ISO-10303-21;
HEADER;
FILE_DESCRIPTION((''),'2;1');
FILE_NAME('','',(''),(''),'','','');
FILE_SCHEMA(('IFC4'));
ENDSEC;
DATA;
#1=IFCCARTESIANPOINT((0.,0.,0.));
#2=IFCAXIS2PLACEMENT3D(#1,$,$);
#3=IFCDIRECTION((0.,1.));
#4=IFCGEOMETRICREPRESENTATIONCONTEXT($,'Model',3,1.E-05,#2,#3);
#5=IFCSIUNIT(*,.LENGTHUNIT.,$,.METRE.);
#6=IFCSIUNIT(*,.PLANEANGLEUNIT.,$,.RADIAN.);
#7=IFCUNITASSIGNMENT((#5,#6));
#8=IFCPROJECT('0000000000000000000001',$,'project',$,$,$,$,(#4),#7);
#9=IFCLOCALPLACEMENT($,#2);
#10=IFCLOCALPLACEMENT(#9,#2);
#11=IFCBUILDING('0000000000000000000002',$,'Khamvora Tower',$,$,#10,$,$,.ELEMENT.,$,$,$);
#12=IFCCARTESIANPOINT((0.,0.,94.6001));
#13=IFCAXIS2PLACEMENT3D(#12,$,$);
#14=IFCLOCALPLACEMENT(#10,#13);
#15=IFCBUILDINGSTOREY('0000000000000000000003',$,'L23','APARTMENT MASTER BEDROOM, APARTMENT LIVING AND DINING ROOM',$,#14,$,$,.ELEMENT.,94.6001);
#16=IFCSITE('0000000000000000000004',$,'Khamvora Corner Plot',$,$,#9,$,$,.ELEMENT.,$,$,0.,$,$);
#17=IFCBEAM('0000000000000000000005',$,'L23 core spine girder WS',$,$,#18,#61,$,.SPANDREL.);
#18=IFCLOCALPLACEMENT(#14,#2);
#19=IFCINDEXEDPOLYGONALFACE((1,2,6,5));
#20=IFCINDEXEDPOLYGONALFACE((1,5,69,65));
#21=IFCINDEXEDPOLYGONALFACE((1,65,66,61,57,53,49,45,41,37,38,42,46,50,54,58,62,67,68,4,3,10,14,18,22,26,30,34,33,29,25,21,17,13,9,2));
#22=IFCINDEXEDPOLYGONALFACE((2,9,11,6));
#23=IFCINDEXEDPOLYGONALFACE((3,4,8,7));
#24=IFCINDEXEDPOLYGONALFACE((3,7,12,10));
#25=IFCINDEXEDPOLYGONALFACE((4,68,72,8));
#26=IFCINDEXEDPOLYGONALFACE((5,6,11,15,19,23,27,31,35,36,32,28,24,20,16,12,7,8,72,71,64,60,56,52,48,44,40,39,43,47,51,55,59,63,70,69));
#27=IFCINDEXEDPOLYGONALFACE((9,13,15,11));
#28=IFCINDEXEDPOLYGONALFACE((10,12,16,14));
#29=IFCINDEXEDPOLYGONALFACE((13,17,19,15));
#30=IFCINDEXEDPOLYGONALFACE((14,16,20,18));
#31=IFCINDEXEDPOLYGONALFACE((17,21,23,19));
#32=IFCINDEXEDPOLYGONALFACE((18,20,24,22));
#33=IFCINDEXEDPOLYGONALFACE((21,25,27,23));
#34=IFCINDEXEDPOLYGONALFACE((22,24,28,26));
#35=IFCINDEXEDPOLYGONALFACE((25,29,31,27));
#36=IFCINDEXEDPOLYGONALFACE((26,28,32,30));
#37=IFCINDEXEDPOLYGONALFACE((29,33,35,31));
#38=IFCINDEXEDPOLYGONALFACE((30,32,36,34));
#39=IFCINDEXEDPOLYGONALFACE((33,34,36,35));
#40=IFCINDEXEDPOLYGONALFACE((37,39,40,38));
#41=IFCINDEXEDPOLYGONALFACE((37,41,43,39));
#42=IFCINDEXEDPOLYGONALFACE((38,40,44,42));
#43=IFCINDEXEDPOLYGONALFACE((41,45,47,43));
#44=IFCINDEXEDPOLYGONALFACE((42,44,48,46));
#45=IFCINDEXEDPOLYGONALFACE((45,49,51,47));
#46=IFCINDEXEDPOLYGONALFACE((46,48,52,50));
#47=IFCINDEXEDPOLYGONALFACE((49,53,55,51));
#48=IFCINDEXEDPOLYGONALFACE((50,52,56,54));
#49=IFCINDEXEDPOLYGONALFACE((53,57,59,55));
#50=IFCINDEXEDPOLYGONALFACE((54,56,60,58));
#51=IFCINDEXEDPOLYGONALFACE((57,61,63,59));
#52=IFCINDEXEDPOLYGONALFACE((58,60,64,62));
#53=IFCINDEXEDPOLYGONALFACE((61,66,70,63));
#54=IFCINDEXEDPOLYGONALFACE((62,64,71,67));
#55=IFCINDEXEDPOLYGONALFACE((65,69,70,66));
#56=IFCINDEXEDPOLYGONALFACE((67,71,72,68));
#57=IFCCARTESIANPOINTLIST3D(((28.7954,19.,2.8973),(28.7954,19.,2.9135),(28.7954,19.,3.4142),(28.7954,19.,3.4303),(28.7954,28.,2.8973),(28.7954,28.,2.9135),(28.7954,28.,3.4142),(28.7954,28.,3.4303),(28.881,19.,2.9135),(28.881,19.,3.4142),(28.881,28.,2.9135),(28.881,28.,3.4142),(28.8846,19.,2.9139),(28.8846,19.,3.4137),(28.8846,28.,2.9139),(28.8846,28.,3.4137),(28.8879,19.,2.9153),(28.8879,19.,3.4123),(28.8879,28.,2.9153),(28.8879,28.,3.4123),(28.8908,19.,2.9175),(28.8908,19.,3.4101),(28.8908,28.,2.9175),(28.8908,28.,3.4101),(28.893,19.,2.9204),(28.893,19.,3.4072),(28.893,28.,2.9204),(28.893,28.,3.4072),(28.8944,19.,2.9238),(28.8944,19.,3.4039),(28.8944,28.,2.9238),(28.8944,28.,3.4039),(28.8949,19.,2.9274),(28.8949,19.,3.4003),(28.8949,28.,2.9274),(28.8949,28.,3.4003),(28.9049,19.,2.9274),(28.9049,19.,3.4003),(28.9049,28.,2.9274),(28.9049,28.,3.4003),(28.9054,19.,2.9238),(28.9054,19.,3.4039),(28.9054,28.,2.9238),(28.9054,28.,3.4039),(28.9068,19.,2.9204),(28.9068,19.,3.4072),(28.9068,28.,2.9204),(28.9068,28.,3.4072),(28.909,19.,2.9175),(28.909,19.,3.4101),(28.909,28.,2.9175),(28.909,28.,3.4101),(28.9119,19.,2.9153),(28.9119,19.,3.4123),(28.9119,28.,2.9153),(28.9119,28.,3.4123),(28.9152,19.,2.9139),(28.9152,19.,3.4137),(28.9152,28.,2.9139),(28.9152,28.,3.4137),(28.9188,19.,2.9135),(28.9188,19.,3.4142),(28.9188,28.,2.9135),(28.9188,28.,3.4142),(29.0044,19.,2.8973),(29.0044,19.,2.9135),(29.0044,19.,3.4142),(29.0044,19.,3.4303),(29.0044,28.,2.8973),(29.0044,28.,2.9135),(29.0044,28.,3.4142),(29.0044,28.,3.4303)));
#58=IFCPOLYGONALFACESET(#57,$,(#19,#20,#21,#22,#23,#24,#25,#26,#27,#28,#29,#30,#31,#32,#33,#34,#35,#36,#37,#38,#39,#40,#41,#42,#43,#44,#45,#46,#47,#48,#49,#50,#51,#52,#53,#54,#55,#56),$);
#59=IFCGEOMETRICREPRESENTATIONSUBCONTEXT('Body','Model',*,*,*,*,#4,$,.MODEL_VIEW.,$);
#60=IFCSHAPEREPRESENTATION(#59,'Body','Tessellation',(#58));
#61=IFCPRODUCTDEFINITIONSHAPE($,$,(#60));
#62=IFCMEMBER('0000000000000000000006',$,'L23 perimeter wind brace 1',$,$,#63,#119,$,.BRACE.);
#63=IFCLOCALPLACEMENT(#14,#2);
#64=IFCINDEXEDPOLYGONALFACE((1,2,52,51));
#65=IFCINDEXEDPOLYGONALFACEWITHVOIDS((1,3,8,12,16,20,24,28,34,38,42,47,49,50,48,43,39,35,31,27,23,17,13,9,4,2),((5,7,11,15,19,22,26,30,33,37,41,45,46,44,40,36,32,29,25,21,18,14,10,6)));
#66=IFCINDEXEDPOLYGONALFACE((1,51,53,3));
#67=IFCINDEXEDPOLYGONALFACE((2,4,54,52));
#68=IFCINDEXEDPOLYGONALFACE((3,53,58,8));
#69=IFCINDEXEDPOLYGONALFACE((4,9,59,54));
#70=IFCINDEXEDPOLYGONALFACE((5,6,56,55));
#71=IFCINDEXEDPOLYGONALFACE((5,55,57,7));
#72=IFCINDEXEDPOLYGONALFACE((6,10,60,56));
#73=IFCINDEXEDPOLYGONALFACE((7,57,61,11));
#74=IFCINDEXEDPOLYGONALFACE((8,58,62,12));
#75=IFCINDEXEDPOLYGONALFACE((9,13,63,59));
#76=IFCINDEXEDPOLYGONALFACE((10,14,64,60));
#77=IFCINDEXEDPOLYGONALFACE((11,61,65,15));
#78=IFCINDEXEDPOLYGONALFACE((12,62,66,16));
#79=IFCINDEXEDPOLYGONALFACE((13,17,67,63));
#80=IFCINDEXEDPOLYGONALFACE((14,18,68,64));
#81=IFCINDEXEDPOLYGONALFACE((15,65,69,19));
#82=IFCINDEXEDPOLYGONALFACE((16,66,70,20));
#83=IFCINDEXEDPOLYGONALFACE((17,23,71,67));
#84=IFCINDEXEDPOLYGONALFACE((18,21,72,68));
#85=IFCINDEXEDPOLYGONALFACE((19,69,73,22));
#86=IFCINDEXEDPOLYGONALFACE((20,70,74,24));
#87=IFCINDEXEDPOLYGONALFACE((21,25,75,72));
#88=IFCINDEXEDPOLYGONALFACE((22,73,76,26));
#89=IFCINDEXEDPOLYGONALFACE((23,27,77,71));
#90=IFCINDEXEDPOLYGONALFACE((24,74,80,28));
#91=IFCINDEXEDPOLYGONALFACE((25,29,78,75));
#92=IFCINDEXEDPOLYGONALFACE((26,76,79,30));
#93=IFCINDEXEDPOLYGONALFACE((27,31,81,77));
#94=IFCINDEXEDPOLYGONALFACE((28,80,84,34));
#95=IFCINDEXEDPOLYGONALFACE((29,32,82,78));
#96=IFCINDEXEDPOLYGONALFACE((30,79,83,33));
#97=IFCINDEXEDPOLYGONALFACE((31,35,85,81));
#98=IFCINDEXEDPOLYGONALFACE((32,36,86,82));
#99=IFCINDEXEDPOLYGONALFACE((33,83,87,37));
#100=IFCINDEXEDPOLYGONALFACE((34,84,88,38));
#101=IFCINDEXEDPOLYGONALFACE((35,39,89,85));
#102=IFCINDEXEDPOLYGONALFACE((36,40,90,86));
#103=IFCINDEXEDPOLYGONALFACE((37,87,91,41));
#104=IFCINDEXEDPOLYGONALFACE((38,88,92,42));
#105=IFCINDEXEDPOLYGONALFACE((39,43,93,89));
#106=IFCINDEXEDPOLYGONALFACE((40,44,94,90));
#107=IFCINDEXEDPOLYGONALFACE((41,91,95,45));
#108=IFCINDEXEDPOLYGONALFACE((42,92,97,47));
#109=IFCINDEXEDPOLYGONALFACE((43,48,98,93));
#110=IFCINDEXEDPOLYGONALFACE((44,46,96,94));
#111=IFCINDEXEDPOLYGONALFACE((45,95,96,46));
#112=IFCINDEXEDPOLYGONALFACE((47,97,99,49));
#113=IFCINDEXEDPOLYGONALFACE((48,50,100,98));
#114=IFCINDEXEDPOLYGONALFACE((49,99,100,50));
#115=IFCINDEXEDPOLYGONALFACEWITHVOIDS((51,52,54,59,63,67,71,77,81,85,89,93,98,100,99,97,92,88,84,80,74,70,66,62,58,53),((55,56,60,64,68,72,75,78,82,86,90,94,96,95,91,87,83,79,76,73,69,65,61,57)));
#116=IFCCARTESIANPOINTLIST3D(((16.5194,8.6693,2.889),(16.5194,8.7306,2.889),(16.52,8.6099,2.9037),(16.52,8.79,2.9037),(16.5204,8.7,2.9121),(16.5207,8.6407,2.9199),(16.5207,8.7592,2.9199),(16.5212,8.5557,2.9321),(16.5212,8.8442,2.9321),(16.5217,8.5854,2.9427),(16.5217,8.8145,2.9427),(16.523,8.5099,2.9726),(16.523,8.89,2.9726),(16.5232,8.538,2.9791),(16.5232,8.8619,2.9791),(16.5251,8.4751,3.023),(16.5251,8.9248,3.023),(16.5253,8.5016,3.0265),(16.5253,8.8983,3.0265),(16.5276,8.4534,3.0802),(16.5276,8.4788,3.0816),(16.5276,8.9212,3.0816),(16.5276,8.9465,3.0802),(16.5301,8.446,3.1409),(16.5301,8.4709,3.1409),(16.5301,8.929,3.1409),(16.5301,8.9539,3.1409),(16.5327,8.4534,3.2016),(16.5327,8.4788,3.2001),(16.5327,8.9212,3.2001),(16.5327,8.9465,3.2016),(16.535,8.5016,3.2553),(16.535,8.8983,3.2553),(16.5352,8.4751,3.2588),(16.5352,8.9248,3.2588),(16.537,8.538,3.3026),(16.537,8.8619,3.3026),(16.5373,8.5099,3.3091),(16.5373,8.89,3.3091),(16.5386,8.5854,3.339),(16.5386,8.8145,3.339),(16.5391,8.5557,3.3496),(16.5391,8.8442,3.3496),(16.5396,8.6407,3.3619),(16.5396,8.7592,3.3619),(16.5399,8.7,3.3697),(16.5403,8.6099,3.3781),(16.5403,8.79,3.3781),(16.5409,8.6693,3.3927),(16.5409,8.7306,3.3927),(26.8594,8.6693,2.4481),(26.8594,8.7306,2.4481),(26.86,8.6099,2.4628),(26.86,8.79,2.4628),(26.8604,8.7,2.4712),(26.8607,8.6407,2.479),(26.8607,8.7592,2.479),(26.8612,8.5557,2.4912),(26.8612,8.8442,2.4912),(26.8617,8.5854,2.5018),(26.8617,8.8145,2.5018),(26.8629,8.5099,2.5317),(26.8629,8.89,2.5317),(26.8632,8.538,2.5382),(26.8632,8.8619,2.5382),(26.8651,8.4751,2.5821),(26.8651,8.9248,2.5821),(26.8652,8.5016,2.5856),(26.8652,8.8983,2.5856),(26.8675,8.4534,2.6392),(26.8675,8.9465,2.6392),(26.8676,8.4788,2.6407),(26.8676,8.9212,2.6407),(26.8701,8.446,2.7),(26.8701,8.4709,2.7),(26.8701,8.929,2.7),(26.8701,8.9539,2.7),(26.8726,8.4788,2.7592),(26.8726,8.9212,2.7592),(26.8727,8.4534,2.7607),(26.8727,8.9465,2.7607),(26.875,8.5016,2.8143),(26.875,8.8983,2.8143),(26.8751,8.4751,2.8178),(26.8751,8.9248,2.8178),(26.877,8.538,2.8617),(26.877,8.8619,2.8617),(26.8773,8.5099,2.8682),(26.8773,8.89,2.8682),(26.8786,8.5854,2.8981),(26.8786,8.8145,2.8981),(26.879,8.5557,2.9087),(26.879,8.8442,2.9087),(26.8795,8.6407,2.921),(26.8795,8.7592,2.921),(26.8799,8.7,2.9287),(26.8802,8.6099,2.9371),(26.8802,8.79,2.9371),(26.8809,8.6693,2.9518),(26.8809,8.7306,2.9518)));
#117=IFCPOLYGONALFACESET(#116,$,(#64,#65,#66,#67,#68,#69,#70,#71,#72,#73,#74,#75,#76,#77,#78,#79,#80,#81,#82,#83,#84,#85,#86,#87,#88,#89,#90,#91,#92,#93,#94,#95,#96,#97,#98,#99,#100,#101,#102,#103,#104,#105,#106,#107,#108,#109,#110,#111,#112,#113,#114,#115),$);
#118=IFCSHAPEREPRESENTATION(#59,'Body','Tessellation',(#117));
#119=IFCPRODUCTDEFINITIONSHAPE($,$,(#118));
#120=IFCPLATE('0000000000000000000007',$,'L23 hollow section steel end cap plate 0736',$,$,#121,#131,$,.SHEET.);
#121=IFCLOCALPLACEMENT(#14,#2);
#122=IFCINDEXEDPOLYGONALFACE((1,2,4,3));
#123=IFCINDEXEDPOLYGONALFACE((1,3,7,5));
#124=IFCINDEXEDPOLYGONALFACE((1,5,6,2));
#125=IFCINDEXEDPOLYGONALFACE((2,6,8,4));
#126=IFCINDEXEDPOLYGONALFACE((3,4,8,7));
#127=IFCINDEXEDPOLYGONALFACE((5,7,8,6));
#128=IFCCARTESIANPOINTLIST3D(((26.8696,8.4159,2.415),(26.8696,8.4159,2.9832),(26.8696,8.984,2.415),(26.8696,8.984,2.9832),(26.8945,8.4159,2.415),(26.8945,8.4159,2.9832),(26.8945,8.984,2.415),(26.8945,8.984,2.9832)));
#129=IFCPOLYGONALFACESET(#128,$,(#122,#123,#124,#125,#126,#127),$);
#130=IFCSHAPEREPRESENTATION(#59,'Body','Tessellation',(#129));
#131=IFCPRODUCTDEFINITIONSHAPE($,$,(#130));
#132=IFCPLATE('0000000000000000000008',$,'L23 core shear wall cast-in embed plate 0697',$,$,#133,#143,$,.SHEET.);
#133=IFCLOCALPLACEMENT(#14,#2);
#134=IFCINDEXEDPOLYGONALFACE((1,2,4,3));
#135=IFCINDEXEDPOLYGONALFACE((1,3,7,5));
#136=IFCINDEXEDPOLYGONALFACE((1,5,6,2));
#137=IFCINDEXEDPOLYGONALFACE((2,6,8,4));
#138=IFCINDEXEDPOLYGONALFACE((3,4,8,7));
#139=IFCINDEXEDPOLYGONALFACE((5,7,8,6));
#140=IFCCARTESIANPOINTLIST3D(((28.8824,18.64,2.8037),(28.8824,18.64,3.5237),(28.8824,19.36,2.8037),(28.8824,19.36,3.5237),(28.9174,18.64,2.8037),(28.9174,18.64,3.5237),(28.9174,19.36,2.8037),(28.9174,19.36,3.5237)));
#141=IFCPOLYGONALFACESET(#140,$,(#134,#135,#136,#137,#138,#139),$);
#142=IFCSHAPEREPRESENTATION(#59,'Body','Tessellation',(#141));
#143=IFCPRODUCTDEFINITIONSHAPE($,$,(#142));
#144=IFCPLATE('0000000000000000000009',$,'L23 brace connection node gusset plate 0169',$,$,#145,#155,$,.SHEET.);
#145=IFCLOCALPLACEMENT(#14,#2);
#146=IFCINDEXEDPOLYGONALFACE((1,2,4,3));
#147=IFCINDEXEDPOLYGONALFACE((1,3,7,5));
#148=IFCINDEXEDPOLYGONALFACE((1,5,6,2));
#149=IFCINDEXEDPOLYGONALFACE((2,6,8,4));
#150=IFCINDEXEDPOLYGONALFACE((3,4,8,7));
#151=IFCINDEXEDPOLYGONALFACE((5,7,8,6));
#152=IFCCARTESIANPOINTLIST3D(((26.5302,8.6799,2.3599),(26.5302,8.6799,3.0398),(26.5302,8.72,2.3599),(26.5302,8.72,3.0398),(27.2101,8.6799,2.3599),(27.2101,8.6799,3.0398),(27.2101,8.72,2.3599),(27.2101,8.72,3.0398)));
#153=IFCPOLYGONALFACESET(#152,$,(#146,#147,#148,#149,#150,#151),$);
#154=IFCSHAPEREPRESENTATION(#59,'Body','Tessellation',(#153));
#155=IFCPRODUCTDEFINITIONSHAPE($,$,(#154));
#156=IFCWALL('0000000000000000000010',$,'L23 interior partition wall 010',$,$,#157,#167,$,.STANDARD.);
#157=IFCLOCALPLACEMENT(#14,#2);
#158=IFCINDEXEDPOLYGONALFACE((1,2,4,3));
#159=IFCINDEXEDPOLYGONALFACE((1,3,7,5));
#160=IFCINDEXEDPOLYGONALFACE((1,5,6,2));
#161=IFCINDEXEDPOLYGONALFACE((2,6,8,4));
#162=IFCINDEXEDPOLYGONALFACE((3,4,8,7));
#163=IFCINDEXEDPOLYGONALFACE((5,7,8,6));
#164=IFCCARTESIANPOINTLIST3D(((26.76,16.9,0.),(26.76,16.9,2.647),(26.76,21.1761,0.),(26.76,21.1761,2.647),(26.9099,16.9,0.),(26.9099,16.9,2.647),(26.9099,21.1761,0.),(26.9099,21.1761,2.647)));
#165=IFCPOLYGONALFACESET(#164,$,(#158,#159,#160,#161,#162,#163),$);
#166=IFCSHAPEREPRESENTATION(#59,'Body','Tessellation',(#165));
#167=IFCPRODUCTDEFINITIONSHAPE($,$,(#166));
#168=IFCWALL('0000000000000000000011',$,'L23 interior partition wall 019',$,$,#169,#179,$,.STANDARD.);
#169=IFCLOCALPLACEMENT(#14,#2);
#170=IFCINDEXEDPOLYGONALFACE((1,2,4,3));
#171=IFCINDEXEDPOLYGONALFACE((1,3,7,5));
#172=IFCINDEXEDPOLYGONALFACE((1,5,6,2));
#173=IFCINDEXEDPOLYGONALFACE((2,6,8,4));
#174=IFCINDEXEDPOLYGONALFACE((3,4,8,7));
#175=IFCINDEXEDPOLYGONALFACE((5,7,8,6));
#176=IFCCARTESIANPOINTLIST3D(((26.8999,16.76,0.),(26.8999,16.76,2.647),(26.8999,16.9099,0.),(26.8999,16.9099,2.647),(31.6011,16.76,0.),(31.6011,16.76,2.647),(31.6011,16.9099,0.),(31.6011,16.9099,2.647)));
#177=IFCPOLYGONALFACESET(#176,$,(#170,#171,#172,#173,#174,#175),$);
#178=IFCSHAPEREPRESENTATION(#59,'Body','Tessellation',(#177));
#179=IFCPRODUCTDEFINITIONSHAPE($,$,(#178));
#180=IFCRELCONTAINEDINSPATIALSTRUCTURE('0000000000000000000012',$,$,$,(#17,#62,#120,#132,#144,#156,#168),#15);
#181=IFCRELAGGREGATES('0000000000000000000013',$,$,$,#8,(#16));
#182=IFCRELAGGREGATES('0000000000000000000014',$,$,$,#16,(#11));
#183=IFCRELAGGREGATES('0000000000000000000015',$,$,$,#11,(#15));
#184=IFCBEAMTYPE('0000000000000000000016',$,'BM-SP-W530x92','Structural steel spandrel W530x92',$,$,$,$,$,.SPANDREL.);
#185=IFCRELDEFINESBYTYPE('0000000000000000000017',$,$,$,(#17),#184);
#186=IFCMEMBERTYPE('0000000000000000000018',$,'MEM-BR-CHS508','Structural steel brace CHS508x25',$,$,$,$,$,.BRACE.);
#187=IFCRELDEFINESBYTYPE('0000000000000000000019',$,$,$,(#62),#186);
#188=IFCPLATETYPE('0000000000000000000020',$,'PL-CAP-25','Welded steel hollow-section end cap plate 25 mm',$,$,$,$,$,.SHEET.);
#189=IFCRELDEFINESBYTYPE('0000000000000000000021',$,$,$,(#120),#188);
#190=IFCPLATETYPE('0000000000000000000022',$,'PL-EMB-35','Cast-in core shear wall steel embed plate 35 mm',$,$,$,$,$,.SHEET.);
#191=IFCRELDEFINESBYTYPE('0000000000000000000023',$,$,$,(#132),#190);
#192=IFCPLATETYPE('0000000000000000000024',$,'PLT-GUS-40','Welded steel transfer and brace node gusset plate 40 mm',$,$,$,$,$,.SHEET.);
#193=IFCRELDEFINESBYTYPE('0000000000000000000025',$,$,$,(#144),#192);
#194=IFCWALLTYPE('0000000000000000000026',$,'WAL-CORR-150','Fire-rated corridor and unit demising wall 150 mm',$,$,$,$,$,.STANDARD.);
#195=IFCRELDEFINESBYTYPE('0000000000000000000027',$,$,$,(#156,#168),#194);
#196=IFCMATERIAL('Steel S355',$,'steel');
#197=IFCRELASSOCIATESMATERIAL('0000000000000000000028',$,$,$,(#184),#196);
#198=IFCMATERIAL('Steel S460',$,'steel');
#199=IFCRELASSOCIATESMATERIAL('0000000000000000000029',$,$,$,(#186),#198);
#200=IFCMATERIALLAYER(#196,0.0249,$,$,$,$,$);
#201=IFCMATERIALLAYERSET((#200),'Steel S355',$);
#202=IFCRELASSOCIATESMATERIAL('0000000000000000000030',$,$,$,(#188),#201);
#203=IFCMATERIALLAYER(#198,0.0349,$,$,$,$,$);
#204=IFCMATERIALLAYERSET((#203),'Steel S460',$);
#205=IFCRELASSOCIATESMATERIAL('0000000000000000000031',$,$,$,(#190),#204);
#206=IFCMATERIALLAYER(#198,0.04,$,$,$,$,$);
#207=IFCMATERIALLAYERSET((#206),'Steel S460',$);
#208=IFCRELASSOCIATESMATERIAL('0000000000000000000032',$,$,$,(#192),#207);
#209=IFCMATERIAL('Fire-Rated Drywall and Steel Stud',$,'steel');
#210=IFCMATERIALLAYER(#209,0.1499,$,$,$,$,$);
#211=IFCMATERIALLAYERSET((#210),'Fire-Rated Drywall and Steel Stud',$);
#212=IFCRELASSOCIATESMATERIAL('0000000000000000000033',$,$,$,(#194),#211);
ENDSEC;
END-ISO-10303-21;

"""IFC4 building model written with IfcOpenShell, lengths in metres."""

from ifc_helpers import new_model, si_unit, direction, frame, frame_2d, origin, origin_2d, place, context, subcontext, project, spatial, rectangle, hollow_circle, i_section, extrude, material, layer, layer_set, material_profile, profile_set, type_object, element, save


model = new_model("IFC4")

# Units and contexts
model_context = context("Model", 3, precision=1e-05, world=origin(), true_north=direction((0.0, 1.0)))
body_context = subcontext(model_context, "Body", "Model", "MODEL_VIEW")
ifc_project = project(units=[si_unit("LENGTHUNIT", "METRE"), si_unit("PLANEANGLEUNIT", "RADIAN")], contexts=[model_context])

# Site, building, storey
site_placement = place(None, origin())
site = spatial("IfcSite", under=ifc_project, at=site_placement, Name="Khamvora Corner Plot", CompositionType="ELEMENT", RefElevation=0.0)
building_placement = place(site_placement, origin())
building = spatial("IfcBuilding", under=site, at=building_placement, Name="Khamvora Tower", CompositionType="ELEMENT")
storey_placement = place(building_placement, frame((0.0, 0.0, 94.6001)))
storey = spatial("IfcBuildingStorey", under=building, at=storey_placement, Name="L23", Description="APARTMENT MASTER BEDROOM, APARTMENT LIVING AND DINING ROOM", CompositionType="ELEMENT", Elevation=94.6001)

# Shared definitions
ifc_material_1 = material(Name="Steel S355", Category="steel")
ifc_material_2 = material(Name="Steel S460", Category="steel")

# Beam
ifc_material_profile_1 = material_profile(ifc_material_1, i_section(OverallWidth=0.209, OverallDepth=0.533, WebThickness=0.01, FlangeThickness=0.0161, FilletRadius=0.0139, at=origin_2d()), Name="W530x92")
ifc_profile_set_1 = profile_set([ifc_material_profile_1], Name="Steel S355")
beam_type_1 = type_object("IfcBeamType", Name="BM-SP-W530x92", Description="Structural steel spandrel W530x92", PredefinedType="SPANDREL", material=ifc_profile_set_1)
beam_1_placement = place(storey_placement, frame((28.8999, 19.0, 3.1638), z_axis=(0.0, 1.0, 0.0), x_axis=(-1.0, 0.0, 0.0)))
element("IfcBeam", 1, at=beam_1_placement, inside=storey, type_object=beam_type_1, Name="L23 core spine girder WS", PredefinedType="SPANDREL", context=body_context, shape_type="SweptSolid", body=[
    extrude(i_section(OverallWidth=0.209, OverallDepth=0.533, WebThickness=0.01, FlangeThickness=0.0161, FilletRadius=0.0139, at=origin_2d()), origin(), (0.0, 0.0, 1.0), 9.0),
])

# Member
ifc_material_profile_2 = material_profile(ifc_material_2, hollow_circle(Radius=0.2539, WallThickness=0.0249, at=origin_2d()), Name="CHS508x25")
ifc_profile_set_2 = profile_set([ifc_material_profile_2], Name="Steel S460")
member_type = type_object("IfcMemberType", Name="MEM-BR-CHS508", Description="Structural steel brace CHS508x25", PredefinedType="BRACE", material=ifc_profile_set_2)
member_placement = place(storey_placement, frame((26.8701, 8.7, 2.7), z_axis=(-0.999092, 0.0, 0.042603), x_axis=(0.0, -1.0, 0.0)))
element("IfcMember", 2, at=member_placement, inside=storey, type_object=member_type, Name="L23 perimeter wind brace 1", PredefinedType="BRACE", context=body_context, shape_type="SweptSolid", body=[
    extrude(hollow_circle(Radius=0.2539, WallThickness=0.0249, at=origin_2d()), origin(), (0.0, 0.0, 1.0), 10.3494),
])

# Plates
ifc_layer_1 = layer(ifc_material_1, 0.0249)
ifc_layer_set_1 = layer_set([ifc_layer_1], Name="Steel S355")
plate_type_1 = type_object("IfcPlateType", Name="PL-CAP-25", Description="Welded steel hollow-section end cap plate 25 mm", PredefinedType="SHEET", material=ifc_layer_set_1)
plate_1_placement = place(storey_placement, frame((26.8821, 8.7, 2.415), z_axis=(0.0, 0.0, 1.0), x_axis=(-1.0, 0.0, 0.0)))
element("IfcPlate", 3, at=plate_1_placement, inside=storey, type_object=plate_type_1, Name="L23 hollow section steel end cap plate 0736", PredefinedType="SHEET", context=body_context, shape_type="SweptSolid", body=[
    extrude(rectangle(XDim=0.0249, YDim=0.5681, at=origin_2d()), origin(), (0.0, 0.0, 1.0), 0.5681),
])
ifc_layer_2 = layer(ifc_material_2, 0.0349)
ifc_layer_set_2 = layer_set([ifc_layer_2], Name="Steel S460")
plate_type_2 = type_object("IfcPlateType", Name="PL-EMB-35", Description="Cast-in core shear wall steel embed plate 35 mm", PredefinedType="SHEET", material=ifc_layer_set_2)
plate_2_placement = place(storey_placement, frame((28.8999, 19.0, 2.8037), z_axis=(0.0, 0.0, 1.0), x_axis=(1.0, 0.0, 0.0)))
element("IfcPlate", 4, at=plate_2_placement, inside=storey, type_object=plate_type_2, Name="L23 core shear wall cast-in embed plate 0697", PredefinedType="SHEET", context=body_context, shape_type="SweptSolid", body=[
    extrude(rectangle(XDim=0.0349, YDim=0.72, at=origin_2d()), origin(), (0.0, 0.0, 1.0), 0.72),
])
ifc_layer_3 = layer(ifc_material_2, 0.04)
ifc_layer_set_3 = layer_set([ifc_layer_3], Name="Steel S460")
plate_type_3 = type_object("IfcPlateType", Name="PLT-GUS-40", Description="Welded steel transfer and brace node gusset plate 40 mm", PredefinedType="SHEET", material=ifc_layer_set_3)
plate_3_placement = place(storey_placement, frame((26.8701, 8.7, 2.3599), z_axis=(0.0, 0.0, 1.0), x_axis=(1.0, 0.0, 0.0)))
element("IfcPlate", 5, at=plate_3_placement, inside=storey, type_object=plate_type_3, Name="L23 brace connection node gusset plate 0169", PredefinedType="SHEET", context=body_context, shape_type="SweptSolid", body=[
    extrude(rectangle(XDim=0.6799, YDim=0.04, at=origin_2d()), origin(), (0.0, 0.0, 1.0), 0.6799),
])

# Walls
ifc_material_3 = material(Name="Fire-Rated Drywall and Steel Stud", Category="steel")
ifc_layer_4 = layer(ifc_material_3, 0.1499)
ifc_layer_set_4 = layer_set([ifc_layer_4], Name="Fire-Rated Drywall and Steel Stud")
wall_type_1 = type_object("IfcWallType", Name="WAL-CORR-150", Description="Fire-rated corridor and unit demising wall 150 mm", PredefinedType="STANDARD", material=ifc_layer_set_4)
wall_1_placement = place(storey_placement, frame((26.835, 16.8999, 0.0), z_axis=(0.0, 0.0, 1.0), x_axis=(0.0, 1.0, 0.0)))
element("IfcWall", 6, at=wall_1_placement, inside=storey, type_object=wall_type_1, Name="L23 interior partition wall 010", PredefinedType="STANDARD", context=body_context, shape_type="SweptSolid", body=[
    extrude(rectangle(XDim=4.2761, YDim=0.1499, at=frame_2d((2.1382, 0.0))), origin(), (0.0, 0.0, 1.0), 2.647),
])
wall_2_placement = place(storey_placement, frame((31.6011, 16.835, 0.0), z_axis=(0.0, 0.0, 1.0), x_axis=(-1.0, 0.0, 0.0)))
element("IfcWall", 7, at=wall_2_placement, inside=storey, type_object=wall_type_1, Name="L23 interior partition wall 019", PredefinedType="STANDARD", context=body_context, shape_type="SweptSolid", body=[
    extrude(rectangle(XDim=4.7012, YDim=0.1499, at=frame_2d((2.3506, 0.0))), origin(), (0.0, 0.0, 1.0), 2.647),
])

save(model, "model.ifc")
